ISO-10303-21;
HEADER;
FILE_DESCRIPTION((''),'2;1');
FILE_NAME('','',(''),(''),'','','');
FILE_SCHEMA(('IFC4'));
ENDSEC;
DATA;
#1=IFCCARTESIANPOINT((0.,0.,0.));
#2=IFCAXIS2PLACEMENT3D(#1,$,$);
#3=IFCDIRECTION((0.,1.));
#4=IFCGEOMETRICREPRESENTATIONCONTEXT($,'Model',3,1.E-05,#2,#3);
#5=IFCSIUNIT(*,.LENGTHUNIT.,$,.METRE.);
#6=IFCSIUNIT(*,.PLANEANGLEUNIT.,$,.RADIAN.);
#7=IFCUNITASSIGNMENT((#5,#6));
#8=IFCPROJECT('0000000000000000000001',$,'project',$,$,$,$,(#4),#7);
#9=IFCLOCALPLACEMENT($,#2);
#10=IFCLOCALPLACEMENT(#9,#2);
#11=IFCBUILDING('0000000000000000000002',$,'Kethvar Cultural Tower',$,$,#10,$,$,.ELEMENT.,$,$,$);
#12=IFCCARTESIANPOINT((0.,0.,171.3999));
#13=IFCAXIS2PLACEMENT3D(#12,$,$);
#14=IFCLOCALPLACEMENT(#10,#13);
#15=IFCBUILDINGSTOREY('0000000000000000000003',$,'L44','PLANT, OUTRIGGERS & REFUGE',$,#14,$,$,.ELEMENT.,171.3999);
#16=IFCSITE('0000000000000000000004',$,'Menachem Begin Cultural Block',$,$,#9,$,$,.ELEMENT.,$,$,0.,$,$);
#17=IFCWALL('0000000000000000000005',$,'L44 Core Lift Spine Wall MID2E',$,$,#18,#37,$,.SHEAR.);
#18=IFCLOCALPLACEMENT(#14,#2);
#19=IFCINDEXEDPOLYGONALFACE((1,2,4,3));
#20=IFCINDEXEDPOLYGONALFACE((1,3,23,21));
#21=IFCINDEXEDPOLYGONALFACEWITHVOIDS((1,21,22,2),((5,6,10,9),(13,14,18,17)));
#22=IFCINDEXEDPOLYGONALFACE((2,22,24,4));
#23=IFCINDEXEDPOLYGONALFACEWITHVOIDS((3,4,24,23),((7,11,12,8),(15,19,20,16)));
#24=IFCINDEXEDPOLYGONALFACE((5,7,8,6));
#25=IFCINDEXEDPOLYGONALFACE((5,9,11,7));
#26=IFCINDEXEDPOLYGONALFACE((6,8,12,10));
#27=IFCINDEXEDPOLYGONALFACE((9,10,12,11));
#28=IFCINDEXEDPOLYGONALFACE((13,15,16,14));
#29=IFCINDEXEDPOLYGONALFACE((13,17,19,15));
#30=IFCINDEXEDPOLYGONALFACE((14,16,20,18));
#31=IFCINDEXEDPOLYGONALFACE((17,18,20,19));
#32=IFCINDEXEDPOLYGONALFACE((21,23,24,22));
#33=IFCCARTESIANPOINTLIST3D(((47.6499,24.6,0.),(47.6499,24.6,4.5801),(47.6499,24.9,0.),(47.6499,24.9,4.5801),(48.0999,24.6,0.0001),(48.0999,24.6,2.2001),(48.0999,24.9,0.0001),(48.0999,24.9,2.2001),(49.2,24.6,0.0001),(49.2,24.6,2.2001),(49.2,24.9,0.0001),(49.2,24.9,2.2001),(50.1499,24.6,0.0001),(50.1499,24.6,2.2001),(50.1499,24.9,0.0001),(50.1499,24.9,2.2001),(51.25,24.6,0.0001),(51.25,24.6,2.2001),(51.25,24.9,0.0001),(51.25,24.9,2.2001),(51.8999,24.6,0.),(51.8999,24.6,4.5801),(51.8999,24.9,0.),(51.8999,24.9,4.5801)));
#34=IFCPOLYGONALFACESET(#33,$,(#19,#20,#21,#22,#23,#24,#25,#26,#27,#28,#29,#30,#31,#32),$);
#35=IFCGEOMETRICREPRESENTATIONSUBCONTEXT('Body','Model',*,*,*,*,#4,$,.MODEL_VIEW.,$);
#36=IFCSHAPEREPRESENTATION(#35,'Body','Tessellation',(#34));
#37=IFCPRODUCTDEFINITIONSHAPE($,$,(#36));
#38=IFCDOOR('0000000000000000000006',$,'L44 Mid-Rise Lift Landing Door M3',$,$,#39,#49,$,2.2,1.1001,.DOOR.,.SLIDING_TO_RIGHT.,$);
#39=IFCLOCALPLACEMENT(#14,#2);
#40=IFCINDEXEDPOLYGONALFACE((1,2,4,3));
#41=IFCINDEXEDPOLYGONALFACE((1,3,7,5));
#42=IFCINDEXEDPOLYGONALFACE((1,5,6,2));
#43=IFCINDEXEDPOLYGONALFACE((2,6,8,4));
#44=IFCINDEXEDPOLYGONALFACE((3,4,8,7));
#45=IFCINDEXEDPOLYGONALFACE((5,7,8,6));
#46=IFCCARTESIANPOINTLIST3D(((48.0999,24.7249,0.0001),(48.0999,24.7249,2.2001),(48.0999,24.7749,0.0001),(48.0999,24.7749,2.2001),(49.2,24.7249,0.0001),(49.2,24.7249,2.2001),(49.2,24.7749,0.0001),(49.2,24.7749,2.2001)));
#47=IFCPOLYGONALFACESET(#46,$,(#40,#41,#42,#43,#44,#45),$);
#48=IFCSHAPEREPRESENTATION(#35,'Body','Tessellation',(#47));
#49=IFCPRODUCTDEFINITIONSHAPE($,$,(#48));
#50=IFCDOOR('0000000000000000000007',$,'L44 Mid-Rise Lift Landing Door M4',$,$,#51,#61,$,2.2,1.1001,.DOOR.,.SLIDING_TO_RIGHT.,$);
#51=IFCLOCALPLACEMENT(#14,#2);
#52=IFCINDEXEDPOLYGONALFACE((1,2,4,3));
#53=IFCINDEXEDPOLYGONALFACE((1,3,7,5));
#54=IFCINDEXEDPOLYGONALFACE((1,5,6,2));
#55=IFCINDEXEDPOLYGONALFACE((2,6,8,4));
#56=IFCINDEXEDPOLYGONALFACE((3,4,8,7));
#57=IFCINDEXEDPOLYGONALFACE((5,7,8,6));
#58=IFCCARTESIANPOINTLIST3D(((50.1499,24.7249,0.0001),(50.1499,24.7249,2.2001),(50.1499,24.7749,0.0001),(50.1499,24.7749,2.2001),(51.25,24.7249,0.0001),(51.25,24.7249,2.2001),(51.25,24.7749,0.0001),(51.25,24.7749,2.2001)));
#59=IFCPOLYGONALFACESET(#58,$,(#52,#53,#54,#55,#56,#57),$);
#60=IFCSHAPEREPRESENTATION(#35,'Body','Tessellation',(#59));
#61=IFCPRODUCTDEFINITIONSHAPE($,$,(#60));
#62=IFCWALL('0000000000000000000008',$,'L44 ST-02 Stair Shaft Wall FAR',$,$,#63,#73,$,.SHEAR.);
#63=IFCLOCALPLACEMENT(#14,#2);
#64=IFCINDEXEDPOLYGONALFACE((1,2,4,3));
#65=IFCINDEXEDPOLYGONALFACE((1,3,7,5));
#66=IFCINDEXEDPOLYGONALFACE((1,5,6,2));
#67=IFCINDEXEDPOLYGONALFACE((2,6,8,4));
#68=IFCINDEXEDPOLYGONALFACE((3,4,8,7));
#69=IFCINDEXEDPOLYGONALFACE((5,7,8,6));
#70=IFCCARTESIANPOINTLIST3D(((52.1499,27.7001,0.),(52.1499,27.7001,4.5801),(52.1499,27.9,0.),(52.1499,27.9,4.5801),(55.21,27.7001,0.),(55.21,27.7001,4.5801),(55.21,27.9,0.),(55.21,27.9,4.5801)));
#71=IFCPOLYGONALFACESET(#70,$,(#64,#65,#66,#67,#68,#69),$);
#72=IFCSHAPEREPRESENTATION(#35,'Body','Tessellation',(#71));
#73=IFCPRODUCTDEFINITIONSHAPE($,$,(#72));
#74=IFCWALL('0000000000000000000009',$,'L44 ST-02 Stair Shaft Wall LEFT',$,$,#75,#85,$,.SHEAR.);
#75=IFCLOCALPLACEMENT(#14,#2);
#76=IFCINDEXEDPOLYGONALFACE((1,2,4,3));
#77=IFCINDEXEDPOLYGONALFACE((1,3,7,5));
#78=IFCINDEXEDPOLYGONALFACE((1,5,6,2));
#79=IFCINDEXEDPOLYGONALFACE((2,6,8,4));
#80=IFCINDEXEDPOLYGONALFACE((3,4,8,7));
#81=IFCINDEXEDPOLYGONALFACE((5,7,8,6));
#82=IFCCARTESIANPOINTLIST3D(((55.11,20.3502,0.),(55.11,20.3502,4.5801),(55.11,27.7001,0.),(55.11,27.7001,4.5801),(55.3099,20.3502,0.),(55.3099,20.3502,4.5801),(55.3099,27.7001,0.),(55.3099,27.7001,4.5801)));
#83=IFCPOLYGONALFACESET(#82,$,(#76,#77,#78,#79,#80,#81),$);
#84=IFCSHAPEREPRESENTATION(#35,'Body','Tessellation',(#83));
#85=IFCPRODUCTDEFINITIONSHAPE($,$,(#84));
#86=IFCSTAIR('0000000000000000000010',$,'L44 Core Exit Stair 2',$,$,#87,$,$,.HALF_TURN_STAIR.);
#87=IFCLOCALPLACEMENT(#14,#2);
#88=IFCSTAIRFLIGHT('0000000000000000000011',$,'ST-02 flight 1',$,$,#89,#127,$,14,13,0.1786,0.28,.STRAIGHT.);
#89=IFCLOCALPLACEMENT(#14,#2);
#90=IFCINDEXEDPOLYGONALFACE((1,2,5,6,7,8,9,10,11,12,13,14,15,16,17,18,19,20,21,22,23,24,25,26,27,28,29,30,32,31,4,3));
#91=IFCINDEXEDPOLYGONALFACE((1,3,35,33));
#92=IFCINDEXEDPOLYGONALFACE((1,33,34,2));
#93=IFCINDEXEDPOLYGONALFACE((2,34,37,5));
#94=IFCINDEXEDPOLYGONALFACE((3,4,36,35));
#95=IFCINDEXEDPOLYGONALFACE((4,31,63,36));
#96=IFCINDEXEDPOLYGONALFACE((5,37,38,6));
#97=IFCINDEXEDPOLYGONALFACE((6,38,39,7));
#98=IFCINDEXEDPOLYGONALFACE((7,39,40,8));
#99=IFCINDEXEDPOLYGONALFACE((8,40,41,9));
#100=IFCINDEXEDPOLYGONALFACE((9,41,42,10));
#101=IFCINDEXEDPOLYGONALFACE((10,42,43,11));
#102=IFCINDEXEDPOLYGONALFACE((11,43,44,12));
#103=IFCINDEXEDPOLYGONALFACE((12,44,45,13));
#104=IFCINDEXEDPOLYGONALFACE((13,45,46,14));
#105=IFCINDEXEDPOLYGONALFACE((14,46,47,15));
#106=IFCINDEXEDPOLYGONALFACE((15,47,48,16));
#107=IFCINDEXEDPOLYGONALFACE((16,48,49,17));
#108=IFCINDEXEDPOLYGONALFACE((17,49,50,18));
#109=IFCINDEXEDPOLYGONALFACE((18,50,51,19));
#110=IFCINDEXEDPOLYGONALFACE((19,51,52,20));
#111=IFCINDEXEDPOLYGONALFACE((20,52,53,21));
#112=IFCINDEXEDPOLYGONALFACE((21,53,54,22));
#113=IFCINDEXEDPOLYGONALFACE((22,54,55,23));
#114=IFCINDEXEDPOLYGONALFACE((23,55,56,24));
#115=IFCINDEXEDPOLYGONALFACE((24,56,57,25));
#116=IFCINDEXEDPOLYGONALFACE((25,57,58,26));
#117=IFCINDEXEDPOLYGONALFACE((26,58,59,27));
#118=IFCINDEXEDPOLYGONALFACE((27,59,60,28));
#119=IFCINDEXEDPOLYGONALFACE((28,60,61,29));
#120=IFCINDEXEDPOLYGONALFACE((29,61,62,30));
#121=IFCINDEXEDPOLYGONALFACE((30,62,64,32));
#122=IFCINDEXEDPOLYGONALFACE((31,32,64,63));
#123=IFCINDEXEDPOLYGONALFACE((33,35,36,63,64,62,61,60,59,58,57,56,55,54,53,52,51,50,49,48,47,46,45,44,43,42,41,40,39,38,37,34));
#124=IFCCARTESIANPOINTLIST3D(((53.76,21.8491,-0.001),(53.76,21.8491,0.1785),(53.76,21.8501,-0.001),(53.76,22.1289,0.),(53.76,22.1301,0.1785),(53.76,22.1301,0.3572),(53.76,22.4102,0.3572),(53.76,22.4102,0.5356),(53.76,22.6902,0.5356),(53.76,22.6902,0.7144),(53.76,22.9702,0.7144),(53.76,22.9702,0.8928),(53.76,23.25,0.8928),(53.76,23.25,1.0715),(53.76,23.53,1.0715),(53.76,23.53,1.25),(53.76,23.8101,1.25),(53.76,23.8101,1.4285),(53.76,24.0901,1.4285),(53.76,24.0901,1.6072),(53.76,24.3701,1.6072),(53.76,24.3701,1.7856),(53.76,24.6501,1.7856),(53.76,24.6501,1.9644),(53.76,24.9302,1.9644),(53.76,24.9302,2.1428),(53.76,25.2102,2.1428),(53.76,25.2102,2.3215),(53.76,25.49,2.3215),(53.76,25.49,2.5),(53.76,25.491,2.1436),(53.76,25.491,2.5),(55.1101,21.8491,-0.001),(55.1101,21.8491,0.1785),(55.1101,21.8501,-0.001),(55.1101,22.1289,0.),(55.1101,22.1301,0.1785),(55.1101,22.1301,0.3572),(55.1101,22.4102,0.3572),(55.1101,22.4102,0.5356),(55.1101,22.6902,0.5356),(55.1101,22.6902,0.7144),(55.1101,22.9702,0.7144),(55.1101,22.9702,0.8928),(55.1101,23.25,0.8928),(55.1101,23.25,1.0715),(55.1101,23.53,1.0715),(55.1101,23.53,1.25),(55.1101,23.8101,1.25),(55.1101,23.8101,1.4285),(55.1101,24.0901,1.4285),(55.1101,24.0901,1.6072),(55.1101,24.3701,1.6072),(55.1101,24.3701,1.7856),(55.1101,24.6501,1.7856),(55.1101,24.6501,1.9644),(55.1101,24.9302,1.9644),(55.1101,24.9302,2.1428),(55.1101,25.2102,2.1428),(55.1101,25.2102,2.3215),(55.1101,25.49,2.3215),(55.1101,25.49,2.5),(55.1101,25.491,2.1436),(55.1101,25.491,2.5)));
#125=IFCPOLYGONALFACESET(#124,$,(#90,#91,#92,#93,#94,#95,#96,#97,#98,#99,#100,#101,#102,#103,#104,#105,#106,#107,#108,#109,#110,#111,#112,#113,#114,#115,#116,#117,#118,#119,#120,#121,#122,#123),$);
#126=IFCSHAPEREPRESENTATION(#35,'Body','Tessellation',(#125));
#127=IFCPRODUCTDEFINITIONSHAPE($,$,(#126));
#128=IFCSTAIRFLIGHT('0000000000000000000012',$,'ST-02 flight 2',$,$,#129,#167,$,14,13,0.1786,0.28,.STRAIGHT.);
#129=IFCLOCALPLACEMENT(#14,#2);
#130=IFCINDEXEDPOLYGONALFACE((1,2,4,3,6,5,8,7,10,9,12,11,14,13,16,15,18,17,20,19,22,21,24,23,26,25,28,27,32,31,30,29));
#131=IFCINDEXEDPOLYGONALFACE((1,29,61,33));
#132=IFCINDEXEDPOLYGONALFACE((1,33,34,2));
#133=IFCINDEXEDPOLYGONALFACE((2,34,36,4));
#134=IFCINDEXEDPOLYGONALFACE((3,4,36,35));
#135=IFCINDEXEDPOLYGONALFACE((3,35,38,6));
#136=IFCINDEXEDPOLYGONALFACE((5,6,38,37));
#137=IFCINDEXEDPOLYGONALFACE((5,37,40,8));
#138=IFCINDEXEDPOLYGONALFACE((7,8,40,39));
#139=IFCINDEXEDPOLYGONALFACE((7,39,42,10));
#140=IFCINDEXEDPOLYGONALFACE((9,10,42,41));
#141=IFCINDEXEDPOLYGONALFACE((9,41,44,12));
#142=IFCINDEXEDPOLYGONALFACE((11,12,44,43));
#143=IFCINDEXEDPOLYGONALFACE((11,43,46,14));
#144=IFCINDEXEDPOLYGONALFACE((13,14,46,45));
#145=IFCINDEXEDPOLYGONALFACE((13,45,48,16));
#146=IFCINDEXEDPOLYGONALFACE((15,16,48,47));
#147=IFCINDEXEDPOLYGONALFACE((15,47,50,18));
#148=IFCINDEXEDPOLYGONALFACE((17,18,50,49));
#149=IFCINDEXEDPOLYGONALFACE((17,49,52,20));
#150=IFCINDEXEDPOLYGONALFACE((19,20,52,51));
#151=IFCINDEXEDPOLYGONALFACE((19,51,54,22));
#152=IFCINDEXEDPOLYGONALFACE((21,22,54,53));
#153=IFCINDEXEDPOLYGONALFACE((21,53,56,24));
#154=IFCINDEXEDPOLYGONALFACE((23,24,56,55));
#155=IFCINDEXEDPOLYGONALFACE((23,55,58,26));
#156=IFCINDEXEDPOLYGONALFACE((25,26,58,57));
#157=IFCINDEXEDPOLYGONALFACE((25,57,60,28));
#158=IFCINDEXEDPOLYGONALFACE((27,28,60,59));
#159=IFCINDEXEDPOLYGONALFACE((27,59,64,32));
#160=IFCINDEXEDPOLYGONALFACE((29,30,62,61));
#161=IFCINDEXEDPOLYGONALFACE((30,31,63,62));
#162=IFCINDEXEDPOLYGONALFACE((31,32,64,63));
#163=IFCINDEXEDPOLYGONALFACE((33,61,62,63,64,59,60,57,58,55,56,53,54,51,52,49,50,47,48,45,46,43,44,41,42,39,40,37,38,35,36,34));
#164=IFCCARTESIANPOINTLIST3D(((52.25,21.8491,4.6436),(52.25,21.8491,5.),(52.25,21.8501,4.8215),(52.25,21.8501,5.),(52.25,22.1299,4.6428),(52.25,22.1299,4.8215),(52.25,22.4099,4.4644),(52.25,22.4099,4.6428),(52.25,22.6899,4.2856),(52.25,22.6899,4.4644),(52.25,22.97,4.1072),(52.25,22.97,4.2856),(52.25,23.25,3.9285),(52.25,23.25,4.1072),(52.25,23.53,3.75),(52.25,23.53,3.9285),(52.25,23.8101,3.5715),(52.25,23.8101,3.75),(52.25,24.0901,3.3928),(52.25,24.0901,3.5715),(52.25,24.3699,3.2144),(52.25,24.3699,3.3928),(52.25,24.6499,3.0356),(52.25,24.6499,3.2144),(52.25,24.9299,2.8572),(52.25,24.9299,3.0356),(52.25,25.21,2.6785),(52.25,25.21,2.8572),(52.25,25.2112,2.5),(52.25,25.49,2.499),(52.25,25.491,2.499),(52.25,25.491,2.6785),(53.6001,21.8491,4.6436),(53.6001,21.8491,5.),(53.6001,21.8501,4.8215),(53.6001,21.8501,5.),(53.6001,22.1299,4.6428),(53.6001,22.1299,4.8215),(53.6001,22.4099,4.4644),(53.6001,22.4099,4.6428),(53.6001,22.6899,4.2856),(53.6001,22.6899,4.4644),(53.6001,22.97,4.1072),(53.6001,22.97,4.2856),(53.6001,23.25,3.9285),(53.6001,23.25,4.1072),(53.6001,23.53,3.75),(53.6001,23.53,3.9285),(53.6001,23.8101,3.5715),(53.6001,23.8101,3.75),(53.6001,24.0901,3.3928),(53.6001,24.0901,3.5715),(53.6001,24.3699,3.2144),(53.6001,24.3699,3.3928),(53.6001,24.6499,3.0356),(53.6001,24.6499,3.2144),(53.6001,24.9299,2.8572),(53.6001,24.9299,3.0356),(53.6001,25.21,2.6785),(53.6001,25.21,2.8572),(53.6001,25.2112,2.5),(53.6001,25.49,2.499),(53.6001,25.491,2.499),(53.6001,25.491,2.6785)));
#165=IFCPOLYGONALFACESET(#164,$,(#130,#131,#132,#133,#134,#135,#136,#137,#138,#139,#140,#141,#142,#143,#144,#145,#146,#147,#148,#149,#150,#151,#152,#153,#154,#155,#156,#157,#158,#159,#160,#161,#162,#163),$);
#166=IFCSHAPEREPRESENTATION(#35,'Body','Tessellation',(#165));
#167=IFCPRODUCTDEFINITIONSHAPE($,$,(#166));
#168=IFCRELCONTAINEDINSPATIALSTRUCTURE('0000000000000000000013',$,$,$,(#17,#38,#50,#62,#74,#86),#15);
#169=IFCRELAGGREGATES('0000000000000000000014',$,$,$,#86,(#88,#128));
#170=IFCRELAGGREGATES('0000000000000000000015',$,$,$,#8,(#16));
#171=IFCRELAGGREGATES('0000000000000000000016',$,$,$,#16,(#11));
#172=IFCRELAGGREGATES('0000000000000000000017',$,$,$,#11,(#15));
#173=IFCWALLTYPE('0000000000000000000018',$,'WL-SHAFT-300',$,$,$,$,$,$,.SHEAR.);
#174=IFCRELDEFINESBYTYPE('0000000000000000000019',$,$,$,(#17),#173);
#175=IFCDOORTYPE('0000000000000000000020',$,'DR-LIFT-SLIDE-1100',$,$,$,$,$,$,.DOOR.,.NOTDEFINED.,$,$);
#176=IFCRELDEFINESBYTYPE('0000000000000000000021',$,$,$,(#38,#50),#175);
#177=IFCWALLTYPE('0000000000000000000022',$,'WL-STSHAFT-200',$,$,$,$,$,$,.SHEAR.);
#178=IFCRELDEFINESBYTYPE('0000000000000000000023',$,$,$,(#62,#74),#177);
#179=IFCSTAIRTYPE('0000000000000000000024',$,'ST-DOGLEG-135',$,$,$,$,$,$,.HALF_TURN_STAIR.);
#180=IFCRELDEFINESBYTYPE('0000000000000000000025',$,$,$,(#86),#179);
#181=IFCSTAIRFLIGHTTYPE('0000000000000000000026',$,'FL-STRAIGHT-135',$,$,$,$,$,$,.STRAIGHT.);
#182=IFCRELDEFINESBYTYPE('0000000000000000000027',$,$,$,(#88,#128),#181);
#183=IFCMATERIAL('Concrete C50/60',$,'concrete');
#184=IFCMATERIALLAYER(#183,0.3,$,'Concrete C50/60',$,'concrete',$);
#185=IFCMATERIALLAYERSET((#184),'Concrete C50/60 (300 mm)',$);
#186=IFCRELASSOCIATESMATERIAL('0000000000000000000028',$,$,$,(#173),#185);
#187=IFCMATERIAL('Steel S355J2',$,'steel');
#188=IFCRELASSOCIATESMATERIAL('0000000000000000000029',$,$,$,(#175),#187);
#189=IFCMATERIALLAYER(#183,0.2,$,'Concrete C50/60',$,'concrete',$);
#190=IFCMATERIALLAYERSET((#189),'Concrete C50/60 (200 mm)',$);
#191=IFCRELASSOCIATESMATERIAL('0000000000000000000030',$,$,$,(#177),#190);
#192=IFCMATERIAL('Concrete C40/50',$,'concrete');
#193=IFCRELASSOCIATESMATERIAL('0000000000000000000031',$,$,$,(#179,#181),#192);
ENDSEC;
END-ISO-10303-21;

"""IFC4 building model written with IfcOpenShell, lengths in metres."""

from ifc_helpers import new_model, si_unit, direction, frame, frame_2d, origin, place, context, subcontext, project, spatial, polyline, rectangle, outline, extrude, source, transform, mapped, material, layer, layer_set, type_object, element, fill, aggregate, save


model = new_model("IFC4")

# Units and contexts
model_context = context("Model", 3, precision=1e-05, world=origin(), true_north=direction((0.0, 1.0)))
body_context = subcontext(model_context, "Body", "Model", "MODEL_VIEW")
ifc_project = project(units=[si_unit("LENGTHUNIT", "METRE"), si_unit("PLANEANGLEUNIT", "RADIAN")], contexts=[model_context])

# Site, building, storey
site_placement = place(None, origin())
site = spatial("IfcSite", under=ifc_project, at=site_placement, Name="Menachem Begin Cultural Block", CompositionType="ELEMENT", RefElevation=0.0)
building_placement = place(site_placement, origin())
building = spatial("IfcBuilding", under=site, at=building_placement, Name="Kethvar Cultural Tower", CompositionType="ELEMENT")
storey_placement = place(building_placement, frame((0.0, 0.0, 171.3999)))
storey = spatial("IfcBuildingStorey", under=building, at=storey_placement, Name="L44", Description="PLANT, OUTRIGGERS & REFUGE", CompositionType="ELEMENT", Elevation=171.3999)

# Shared definitions
ifc_material_1 = material(Name="Steel S355J2", Category="steel")

# Wall, openings, doors
ifc_material_2 = material(Name="Concrete C50/60", Category="concrete")
ifc_layer_1 = layer(ifc_material_2, 0.3, Name="Concrete C50/60", Category="concrete")
ifc_layer_set_1 = layer_set([ifc_layer_1], Name="Concrete C50/60 (300 mm)")
wall_type_1 = type_object("IfcWallType", Name="WL-SHAFT-300", PredefinedType="SHEAR", material=ifc_layer_set_1)
wall_1_placement = place(storey_placement, frame((47.6499, 24.75, 0.0), z_axis=(0.0, 0.0, 1.0), x_axis=(1.0, 0.0, 0.0)))
wall_1 = element("IfcWall", 1, at=wall_1_placement, inside=storey, type_object=wall_type_1, Name="L44 Core Lift Spine Wall MID2E", PredefinedType="SHEAR", context=body_context, shape_type="SweptSolid", body=[
    extrude(rectangle(XDim=4.25, YDim=0.3, at=frame_2d((2.125, 0.0))), origin(), (0.0, 0.0, 1.0), 4.5801),
])
opening_1_placement = place(wall_1_placement, frame((0.45, 0.0, 0.0)))
opening_1 = element("IfcOpeningElement", 2, at=opening_1_placement, cuts=wall_1, PredefinedType="OPENING", context=body_context, shape_type="SweptSolid", body=[
    extrude(rectangle(XDim=1.1001, YDim=2.2, at=frame_2d((0.55, 1.1001))), frame((0.0, 0.1599, 0.0), z_axis=(0.0, -1.0, 0.0), x_axis=(1.0, 0.0, 0.0)), (0.0, 0.0, 1.0), 0.3201),
])
opening_2_placement = place(wall_1_placement, frame((2.5, 0.0, 0.0)))
opening_2 = element("IfcOpeningElement", 3, at=opening_2_placement, cuts=wall_1, PredefinedType="OPENING", context=body_context, shape_type="SweptSolid", body=[
    extrude(rectangle(XDim=1.1001, YDim=2.2, at=frame_2d((0.55, 1.1001))), frame((0.0, 0.1599, 0.0), z_axis=(0.0, -1.0, 0.0), x_axis=(1.0, 0.0, 0.0)), (0.0, 0.0, 1.0), 0.3201),
])
door_type_1 = type_object("IfcDoorType", Name="DR-LIFT-SLIDE-1100", OperationType="NOTDEFINED", PredefinedType="DOOR", material=ifc_material_1)
shared_shape_1 = source(origin(), body_context, "Body", "SweptSolid", [
    extrude(rectangle(XDim=1.1001, YDim=2.2, at=frame_2d((0.55, 1.1001))), frame((0.0, 0.0249, 0.0), z_axis=(0.0, -1.0, 0.0), x_axis=(1.0, 0.0, 0.0)), (0.0, 0.0, 1.0), 0.05),
])
door_1_placement = place(opening_1_placement, origin())
door_1 = element("IfcDoor", 4, at=door_1_placement, inside=storey, type_object=door_type_1, Name="L44 Mid-Rise Lift Landing Door M3", OperationType="SLIDING_TO_RIGHT", OverallHeight=2.2, OverallWidth=1.1001, PredefinedType="DOOR", context=body_context, shape_type="MappedRepresentation", body=[
    mapped(shared_shape_1, transform((0.0, 0.0, 0.0), scale=1.0)),
])
fill(opening_1, door_1)
door_2_placement = place(opening_2_placement, origin())
door_2 = element("IfcDoor", 5, at=door_2_placement, inside=storey, type_object=door_type_1, Name="L44 Mid-Rise Lift Landing Door M4", OperationType="SLIDING_TO_RIGHT", OverallHeight=2.2, OverallWidth=1.1001, PredefinedType="DOOR", context=body_context, shape_type="MappedRepresentation", body=[
    mapped(shared_shape_1, transform((0.0, 0.0, 0.0), scale=1.0)),
])
fill(opening_2, door_2)

# Walls
ifc_layer_2 = layer(ifc_material_2, 0.2, Name="Concrete C50/60", Category="concrete")
ifc_layer_set_2 = layer_set([ifc_layer_2], Name="Concrete C50/60 (200 mm)")
wall_type_2 = type_object("IfcWallType", Name="WL-STSHAFT-200", PredefinedType="SHEAR", material=ifc_layer_set_2)
wall_2_placement = place(storey_placement, frame((52.1499, 27.8, 0.0), z_axis=(0.0, 0.0, 1.0), x_axis=(1.0, 0.0, 0.0)))
element("IfcWall", 6, at=wall_2_placement, inside=storey, type_object=wall_type_2, Name="L44 ST-02 Stair Shaft Wall FAR", PredefinedType="SHEAR", context=body_context, shape_type="SweptSolid", body=[
    extrude(rectangle(XDim=3.0601, YDim=0.2, at=frame_2d((1.53, 0.0))), origin(), (0.0, 0.0, 1.0), 4.5801),
])
wall_3_placement = place(storey_placement, frame((55.21, 27.7, 0.0), z_axis=(0.0, 0.0, 1.0), x_axis=(0.0, -1.0, 0.0)))
element("IfcWall", 7, at=wall_3_placement, inside=storey, type_object=wall_type_2, Name="L44 ST-02 Stair Shaft Wall LEFT", PredefinedType="SHEAR", context=body_context, shape_type="SweptSolid", body=[
    extrude(rectangle(XDim=7.3499, YDim=0.2, at=frame_2d((3.6748, 0.0))), origin(), (0.0, 0.0, 1.0), 4.5801),
])

# Stair, stair flights
ifc_material_3 = material(Name="Concrete C40/50", Category="concrete")
stair_type = type_object("IfcStairType", Name="ST-DOGLEG-135", PredefinedType="HALF_TURN_STAIR", material=ifc_material_3)
stair_placement = place(storey_placement, origin())
stair = element("IfcStair", 8, at=stair_placement, inside=storey, type_object=stair_type, Name="L44 Core Exit Stair 2", PredefinedType="HALF_TURN_STAIR")
stair_flight_type = type_object("IfcStairFlightType", Name="FL-STRAIGHT-135", PredefinedType="STRAIGHT", material=ifc_material_3)
stair_flight_1_placement = place(storey_placement, frame((54.4351, 21.8501, 0.0), z_axis=(0.0, 0.0, 1.0), x_axis=(0.0, 1.0, 0.0)))
stair_flight_1 = element("IfcStairFlight", 9, at=stair_flight_1_placement, type_object=stair_flight_type, Name="ST-02 flight 1", NumberOfRisers=14, NumberOfTreads=13, PredefinedType="STRAIGHT", RiserHeight=0.1786, TreadLength=0.28, context=body_context, shape_type="SweptSolid", body=[
    extrude(outline(polyline([(-0.001, -0.001), (-0.001, 0.1785), (0.28, 0.1785), (0.28, 0.3572), (0.5601, 0.3572), (0.5601, 0.5356), (0.8401, 0.5356), (0.8401, 0.7144), (1.1201, 0.7144), (1.1201, 0.8928), (1.3999, 0.8928), (1.3999, 1.0715), (1.6799, 1.0715), (1.6799, 1.25), (1.96, 1.25), (1.96, 1.4285), (2.24, 1.4285), (2.24, 1.6072), (2.52, 1.6072), (2.52, 1.7856), (2.8, 1.7856), (2.8, 1.9644), (3.0801, 1.9644), (3.0801, 2.1428), (3.3601, 2.1428), (3.3601, 2.3215), (3.6399, 2.3215), (3.6399, 2.5), (3.6409, 2.5), (3.6409, 2.1436), (0.2788, 0.0), (0.0, -0.001), (-0.001, -0.001)])), frame((0.0, 0.675, 0.0), z_axis=(0.0, -1.0, 0.0), x_axis=(1.0, 0.0, 0.0)), (0.0, 0.0, 1.0), 1.3501),
])
stair_flight_2_placement = place(storey_placement, frame((52.925, 25.49, 2.5), z_axis=(0.0, 0.0, 1.0), x_axis=(0.0, -1.0, 0.0)))
stair_flight_2 = element("IfcStairFlight", 10, at=stair_flight_2_placement, type_object=stair_flight_type, Name="ST-02 flight 2", NumberOfRisers=14, NumberOfTreads=13, PredefinedType="STRAIGHT", RiserHeight=0.1786, TreadLength=0.28, context=body_context, shape_type="SweptSolid", body=[
    extrude(outline(polyline([(-0.001, -0.001), (-0.001, 0.1785), (0.28, 0.1785), (0.28, 0.3572), (0.5601, 0.3572), (0.5601, 0.5356), (0.8401, 0.5356), (0.8401, 0.7144), (1.1201, 0.7144), (1.1201, 0.8928), (1.3999, 0.8928), (1.3999, 1.0715), (1.6799, 1.0715), (1.6799, 1.25), (1.96, 1.25), (1.96, 1.4285), (2.24, 1.4285), (2.24, 1.6072), (2.52, 1.6072), (2.52, 1.7856), (2.8, 1.7856), (2.8, 1.9644), (3.0801, 1.9644), (3.0801, 2.1428), (3.3601, 2.1428), (3.3601, 2.3215), (3.6399, 2.3215), (3.6399, 2.5), (3.6409, 2.5), (3.6409, 2.1436), (0.2788, 0.0), (0.0, -0.001), (-0.001, -0.001)])), frame((0.0, 0.675, 0.0), z_axis=(0.0, -1.0, 0.0), x_axis=(1.0, 0.0, 0.0)), (0.0, 0.0, 1.0), 1.3501),
])
aggregate(stair, [stair_flight_1, stair_flight_2])

save(model, "model.ifc")
